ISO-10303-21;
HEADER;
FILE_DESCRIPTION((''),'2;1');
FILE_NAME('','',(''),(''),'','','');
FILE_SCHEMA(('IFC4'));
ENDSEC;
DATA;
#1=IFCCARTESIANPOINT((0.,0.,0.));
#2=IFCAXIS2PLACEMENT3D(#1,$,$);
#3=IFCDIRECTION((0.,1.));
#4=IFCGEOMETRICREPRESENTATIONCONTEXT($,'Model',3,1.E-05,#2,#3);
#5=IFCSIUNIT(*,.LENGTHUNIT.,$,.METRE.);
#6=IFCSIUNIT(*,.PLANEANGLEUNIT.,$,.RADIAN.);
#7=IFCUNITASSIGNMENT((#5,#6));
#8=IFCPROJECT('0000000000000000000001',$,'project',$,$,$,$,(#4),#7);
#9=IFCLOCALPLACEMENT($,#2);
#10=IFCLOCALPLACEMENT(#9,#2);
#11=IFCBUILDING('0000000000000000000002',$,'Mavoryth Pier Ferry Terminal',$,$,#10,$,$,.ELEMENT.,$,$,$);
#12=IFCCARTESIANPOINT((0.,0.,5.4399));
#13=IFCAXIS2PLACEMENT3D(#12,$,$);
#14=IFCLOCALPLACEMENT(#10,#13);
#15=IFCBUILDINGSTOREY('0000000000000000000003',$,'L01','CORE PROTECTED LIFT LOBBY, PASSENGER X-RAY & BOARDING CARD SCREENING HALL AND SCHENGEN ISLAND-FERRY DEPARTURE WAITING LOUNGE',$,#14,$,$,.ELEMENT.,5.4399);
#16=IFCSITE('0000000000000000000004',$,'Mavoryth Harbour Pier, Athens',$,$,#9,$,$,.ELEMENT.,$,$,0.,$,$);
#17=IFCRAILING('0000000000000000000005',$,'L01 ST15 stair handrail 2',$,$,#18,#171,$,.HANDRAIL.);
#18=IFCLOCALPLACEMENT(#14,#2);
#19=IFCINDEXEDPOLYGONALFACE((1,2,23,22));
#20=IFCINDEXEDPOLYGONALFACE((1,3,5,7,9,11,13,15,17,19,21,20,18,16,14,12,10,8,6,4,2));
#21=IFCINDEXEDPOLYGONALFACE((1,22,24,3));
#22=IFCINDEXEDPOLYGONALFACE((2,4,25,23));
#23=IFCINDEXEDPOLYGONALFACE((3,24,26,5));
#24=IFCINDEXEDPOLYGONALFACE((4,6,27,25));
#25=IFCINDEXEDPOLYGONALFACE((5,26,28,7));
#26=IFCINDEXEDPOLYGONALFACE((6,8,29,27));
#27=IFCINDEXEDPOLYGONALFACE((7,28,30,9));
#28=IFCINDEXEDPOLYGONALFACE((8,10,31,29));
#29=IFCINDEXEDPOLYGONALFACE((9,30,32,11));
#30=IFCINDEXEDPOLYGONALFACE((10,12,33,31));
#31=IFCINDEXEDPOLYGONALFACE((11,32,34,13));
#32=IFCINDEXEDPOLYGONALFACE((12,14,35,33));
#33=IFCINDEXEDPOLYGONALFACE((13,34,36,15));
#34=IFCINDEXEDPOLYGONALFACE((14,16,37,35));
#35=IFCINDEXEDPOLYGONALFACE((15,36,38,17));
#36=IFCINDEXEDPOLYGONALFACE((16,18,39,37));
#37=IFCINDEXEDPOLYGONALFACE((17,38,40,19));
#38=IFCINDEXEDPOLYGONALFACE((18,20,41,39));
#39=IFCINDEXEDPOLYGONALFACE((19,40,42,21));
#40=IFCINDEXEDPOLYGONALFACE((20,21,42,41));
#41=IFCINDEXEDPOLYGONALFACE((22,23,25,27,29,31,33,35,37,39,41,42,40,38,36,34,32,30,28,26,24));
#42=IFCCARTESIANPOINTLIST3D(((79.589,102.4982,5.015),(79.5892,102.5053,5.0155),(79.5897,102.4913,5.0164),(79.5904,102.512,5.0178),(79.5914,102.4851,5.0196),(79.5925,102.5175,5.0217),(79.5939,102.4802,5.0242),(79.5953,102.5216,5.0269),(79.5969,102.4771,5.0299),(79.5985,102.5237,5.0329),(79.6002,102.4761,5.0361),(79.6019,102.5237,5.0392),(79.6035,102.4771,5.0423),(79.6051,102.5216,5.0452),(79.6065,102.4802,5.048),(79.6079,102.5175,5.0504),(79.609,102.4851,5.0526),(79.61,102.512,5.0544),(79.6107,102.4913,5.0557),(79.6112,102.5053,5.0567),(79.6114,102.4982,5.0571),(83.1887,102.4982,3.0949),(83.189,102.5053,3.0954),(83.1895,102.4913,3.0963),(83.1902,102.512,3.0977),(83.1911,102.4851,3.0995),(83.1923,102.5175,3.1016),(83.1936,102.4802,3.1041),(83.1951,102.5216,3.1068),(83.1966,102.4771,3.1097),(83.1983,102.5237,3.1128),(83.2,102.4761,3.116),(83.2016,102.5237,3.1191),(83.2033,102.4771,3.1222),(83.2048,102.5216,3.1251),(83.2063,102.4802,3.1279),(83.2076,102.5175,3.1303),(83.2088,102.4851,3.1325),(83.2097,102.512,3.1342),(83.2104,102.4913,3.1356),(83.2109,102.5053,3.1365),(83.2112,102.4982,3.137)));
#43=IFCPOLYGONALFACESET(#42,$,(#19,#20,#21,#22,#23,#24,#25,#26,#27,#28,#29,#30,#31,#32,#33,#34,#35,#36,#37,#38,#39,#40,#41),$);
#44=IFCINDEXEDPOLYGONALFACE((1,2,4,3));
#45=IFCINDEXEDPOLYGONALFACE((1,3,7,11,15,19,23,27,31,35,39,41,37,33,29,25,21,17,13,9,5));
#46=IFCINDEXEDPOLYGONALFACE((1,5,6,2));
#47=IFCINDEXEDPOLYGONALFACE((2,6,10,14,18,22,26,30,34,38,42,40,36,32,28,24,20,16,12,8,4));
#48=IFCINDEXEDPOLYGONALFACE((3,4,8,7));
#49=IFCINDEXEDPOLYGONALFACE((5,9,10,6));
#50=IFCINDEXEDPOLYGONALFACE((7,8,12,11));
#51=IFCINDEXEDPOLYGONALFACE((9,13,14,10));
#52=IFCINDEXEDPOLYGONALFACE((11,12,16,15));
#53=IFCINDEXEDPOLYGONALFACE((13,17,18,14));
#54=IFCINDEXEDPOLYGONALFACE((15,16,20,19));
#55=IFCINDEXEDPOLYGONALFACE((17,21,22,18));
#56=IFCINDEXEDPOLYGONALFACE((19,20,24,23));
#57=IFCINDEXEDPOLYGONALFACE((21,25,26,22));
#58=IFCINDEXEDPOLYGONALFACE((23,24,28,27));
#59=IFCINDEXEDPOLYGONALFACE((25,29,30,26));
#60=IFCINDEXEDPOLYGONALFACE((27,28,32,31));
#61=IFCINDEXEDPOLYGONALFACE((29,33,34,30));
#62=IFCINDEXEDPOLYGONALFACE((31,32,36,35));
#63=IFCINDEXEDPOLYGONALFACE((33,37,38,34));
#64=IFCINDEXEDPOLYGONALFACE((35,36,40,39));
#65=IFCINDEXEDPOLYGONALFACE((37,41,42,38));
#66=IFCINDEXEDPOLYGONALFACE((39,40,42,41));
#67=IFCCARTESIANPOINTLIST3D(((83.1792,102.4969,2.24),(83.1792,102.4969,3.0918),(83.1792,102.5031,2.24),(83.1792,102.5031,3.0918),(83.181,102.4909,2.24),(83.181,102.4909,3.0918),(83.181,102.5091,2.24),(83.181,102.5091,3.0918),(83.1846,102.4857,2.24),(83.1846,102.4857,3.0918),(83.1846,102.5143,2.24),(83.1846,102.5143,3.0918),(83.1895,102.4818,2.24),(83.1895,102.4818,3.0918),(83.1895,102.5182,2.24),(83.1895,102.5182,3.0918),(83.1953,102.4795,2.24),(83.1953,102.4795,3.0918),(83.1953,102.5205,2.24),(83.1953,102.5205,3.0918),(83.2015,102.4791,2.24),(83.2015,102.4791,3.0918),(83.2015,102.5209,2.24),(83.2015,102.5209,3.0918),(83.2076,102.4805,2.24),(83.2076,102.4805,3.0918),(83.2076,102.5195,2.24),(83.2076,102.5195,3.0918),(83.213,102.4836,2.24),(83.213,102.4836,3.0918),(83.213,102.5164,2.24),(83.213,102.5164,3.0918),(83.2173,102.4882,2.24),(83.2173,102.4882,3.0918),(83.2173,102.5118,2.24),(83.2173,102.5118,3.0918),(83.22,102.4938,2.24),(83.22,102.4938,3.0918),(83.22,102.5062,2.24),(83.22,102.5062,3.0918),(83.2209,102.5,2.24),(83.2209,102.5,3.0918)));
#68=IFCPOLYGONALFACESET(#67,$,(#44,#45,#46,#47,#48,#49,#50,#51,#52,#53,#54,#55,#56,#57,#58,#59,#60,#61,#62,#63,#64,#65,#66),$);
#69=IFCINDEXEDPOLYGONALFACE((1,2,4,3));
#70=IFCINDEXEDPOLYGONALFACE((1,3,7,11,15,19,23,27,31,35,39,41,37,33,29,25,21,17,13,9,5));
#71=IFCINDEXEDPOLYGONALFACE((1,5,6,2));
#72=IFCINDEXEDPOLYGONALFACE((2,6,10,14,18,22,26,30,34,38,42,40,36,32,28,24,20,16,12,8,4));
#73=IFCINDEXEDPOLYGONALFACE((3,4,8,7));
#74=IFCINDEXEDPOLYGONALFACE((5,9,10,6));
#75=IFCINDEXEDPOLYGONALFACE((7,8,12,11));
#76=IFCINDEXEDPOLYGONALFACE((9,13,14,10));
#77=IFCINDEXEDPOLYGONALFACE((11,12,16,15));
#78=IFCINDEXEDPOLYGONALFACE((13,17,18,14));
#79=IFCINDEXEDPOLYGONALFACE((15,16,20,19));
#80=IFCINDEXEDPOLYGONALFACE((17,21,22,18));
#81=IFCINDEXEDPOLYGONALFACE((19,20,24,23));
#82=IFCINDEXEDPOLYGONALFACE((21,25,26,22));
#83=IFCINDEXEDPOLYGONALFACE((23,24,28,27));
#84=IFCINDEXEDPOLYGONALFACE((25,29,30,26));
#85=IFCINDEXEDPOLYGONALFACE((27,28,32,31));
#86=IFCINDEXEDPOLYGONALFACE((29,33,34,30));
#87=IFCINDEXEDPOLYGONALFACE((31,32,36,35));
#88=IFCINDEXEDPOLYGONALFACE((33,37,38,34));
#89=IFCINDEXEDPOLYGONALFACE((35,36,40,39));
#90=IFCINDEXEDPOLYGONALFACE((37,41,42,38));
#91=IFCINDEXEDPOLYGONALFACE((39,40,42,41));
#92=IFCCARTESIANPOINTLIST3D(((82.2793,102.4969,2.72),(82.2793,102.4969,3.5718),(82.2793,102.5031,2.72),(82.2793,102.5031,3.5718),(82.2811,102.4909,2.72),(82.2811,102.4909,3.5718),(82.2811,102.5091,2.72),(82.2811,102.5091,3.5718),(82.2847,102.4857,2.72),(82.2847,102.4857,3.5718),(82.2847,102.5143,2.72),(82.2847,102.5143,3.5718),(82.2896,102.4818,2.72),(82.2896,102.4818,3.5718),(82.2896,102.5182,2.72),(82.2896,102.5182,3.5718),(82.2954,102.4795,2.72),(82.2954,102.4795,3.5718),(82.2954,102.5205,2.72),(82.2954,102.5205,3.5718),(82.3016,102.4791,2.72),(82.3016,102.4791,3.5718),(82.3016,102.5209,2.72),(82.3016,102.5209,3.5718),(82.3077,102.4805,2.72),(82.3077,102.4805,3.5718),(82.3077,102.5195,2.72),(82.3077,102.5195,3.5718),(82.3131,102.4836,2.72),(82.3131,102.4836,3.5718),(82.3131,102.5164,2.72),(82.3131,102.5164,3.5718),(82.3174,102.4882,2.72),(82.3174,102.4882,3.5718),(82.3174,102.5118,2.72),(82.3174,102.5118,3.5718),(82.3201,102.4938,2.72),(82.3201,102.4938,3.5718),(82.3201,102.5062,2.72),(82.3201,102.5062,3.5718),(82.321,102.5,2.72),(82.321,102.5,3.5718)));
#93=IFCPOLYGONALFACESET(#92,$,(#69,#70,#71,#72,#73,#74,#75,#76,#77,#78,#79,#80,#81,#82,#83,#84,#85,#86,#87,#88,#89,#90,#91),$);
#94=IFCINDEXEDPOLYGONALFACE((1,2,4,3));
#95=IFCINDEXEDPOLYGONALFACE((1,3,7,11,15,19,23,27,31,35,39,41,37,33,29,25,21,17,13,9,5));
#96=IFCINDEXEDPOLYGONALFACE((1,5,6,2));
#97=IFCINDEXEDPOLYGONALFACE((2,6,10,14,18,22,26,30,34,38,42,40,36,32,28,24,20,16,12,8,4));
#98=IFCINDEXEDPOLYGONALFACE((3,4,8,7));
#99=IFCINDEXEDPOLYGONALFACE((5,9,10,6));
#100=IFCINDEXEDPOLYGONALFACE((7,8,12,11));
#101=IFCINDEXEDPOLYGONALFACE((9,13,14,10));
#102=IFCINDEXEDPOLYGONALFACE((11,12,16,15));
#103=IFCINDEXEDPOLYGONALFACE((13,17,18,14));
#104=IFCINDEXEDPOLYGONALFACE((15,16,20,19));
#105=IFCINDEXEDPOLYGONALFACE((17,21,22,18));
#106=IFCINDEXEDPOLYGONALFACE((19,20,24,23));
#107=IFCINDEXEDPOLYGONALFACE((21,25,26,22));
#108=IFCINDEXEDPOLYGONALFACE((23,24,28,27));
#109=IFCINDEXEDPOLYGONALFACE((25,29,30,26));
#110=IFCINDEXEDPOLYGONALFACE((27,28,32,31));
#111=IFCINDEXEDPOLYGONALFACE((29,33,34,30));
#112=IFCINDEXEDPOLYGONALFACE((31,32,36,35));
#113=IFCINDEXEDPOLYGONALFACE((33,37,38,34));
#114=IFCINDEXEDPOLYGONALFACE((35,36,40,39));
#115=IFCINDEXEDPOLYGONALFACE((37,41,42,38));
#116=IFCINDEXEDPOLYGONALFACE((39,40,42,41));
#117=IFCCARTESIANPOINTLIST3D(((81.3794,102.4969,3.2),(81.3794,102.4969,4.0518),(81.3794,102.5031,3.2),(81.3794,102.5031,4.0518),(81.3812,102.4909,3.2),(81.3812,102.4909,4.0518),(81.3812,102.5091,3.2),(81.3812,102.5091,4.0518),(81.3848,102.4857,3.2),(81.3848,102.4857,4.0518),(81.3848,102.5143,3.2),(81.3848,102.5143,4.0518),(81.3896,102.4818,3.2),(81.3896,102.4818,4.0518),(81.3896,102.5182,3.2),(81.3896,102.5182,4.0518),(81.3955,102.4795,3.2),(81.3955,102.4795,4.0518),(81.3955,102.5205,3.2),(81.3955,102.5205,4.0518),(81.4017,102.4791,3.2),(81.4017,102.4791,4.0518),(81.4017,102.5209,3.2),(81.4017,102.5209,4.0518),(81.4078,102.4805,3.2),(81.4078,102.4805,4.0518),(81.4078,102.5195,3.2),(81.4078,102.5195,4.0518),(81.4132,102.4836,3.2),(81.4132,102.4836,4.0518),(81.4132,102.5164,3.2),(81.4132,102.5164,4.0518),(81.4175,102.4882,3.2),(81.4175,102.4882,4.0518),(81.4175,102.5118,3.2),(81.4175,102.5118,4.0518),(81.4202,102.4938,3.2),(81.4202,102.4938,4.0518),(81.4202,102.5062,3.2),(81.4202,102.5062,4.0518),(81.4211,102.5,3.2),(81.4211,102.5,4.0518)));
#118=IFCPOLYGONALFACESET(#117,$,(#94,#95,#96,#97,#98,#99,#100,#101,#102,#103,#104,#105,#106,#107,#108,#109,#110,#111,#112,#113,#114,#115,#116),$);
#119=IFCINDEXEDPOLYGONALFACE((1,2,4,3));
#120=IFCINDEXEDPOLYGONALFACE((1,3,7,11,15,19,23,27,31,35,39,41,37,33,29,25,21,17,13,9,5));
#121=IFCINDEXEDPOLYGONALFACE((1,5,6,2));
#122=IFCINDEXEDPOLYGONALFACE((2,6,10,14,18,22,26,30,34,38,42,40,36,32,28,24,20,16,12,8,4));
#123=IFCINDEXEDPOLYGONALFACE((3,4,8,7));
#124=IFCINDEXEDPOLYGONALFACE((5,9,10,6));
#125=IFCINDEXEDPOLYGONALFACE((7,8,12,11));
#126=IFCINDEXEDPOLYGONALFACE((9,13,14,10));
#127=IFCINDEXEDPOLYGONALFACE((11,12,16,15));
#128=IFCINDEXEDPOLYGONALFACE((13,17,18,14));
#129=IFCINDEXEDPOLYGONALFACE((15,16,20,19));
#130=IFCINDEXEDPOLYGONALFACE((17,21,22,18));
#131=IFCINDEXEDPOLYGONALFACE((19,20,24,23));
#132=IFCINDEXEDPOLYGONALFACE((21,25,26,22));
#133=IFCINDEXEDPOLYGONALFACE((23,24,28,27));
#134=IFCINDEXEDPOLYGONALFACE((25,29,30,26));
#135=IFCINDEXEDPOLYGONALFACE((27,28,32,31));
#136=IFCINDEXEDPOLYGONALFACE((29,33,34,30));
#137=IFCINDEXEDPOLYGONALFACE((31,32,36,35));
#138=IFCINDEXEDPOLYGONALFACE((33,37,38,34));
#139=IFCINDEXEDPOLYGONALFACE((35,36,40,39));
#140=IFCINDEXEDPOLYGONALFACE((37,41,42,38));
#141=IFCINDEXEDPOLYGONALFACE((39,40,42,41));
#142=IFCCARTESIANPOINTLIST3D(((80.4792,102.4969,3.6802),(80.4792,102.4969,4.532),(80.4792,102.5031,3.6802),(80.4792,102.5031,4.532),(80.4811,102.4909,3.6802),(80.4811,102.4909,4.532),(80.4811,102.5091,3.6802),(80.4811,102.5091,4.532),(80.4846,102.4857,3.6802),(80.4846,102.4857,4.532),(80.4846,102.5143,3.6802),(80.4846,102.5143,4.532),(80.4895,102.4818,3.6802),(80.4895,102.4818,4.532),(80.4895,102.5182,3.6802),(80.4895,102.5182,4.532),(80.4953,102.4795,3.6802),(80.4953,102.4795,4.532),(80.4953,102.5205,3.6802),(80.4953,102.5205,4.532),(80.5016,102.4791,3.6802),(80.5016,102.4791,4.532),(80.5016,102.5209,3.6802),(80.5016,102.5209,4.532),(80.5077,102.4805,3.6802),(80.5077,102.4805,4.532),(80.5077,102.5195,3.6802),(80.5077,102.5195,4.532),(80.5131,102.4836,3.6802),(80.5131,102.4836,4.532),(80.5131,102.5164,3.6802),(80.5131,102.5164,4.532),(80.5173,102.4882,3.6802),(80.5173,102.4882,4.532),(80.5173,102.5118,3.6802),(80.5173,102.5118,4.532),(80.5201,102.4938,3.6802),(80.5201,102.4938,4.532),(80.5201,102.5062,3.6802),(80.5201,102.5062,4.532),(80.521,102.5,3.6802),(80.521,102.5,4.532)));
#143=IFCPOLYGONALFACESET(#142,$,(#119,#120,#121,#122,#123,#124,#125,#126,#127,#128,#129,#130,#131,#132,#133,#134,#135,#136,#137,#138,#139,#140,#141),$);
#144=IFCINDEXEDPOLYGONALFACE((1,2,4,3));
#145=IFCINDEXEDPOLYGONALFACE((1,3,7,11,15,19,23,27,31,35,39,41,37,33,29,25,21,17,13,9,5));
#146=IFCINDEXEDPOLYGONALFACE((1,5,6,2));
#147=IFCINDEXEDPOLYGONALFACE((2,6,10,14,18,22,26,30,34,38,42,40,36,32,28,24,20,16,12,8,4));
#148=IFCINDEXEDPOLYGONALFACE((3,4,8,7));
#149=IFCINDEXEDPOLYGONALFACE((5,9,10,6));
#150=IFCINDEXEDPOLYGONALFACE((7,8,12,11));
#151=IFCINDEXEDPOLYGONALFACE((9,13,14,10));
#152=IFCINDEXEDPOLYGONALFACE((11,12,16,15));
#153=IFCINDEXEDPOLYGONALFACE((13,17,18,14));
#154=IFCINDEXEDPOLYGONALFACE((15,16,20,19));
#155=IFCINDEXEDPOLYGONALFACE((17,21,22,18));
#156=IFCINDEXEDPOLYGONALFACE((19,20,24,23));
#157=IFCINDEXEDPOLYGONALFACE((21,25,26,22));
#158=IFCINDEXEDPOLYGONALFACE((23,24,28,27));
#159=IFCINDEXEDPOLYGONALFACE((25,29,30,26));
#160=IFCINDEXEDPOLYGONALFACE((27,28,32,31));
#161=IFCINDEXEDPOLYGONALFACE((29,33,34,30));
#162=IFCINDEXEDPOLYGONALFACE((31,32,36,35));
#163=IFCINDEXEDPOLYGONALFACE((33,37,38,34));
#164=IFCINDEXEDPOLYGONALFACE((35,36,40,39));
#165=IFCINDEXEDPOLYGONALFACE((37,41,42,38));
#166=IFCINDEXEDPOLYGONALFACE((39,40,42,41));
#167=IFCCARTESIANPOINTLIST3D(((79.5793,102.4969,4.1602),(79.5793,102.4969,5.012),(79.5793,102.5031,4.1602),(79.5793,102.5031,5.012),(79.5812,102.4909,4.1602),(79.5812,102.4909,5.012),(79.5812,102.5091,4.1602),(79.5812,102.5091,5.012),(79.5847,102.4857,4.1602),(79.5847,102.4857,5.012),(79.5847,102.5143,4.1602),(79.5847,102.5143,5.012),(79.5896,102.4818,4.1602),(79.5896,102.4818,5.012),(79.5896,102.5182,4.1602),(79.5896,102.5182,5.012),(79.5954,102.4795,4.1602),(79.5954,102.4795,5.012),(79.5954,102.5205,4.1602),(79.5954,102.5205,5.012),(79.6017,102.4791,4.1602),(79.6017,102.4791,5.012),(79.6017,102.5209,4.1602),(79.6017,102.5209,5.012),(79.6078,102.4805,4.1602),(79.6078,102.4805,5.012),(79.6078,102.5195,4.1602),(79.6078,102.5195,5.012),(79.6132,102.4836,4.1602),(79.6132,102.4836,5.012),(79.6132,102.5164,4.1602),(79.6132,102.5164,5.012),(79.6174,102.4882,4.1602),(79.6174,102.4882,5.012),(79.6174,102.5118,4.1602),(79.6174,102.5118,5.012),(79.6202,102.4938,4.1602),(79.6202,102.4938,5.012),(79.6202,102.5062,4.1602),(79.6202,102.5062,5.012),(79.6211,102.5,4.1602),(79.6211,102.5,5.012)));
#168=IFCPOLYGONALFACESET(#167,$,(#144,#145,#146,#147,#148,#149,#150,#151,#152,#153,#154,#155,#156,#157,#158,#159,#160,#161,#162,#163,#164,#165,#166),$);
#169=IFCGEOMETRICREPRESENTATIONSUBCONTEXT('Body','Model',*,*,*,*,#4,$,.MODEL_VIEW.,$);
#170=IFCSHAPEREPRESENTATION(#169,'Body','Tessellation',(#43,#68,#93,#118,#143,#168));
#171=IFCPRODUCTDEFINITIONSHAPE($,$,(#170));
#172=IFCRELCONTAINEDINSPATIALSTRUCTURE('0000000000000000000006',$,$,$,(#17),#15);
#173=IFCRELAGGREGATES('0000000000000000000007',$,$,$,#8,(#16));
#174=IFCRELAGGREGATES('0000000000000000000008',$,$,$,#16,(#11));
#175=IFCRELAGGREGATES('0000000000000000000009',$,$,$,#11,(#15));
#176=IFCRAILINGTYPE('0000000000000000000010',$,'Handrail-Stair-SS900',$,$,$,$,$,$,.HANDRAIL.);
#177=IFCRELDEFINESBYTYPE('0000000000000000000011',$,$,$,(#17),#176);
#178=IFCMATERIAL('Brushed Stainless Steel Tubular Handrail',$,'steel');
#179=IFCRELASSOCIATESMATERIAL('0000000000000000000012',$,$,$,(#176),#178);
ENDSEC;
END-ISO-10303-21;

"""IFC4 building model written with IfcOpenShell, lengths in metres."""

from ifc_helpers import new_model, si_unit, direction, frame, origin, origin_2d, place, context, subcontext, project, spatial, circle, extrude, material, type_object, element, save


model = new_model("IFC4")

# Units and contexts
model_context = context("Model", 3, precision=1e-05, world=origin(), true_north=direction((0.0, 1.0)))
body_context = subcontext(model_context, "Body", "Model", "MODEL_VIEW")
ifc_project = project(units=[si_unit("LENGTHUNIT", "METRE"), si_unit("PLANEANGLEUNIT", "RADIAN")], contexts=[model_context])

# Site, building, storey
site_placement = place(None, origin())
site = spatial("IfcSite", under=ifc_project, at=site_placement, Name="Mavoryth Harbour Pier, Athens", CompositionType="ELEMENT", RefElevation=0.0)
building_placement = place(site_placement, origin())
building = spatial("IfcBuilding", under=site, at=building_placement, Name="Mavoryth Pier Ferry Terminal", CompositionType="ELEMENT")
storey_placement = place(building_placement, frame((0.0, 0.0, 5.4399)))
storey = spatial("IfcBuildingStorey", under=building, at=storey_placement, Name="L01", Description="CORE PROTECTED LIFT LOBBY, PASSENGER X-RAY & BOARDING CARD SCREENING HALL AND SCHENGEN ISLAND-FERRY DEPARTURE WAITING LOUNGE", CompositionType="ELEMENT", Elevation=5.4399)

# Railing
ifc_material_1 = material(Name="Brushed Stainless Steel Tubular Handrail", Category="steel")
railing_type_1 = type_object("IfcRailingType", Name="Handrail-Stair-SS900", PredefinedType="HANDRAIL", material=ifc_material_1)
railing_1_placement = place(storey_placement, frame((83.2, 102.5, 2.24)))
element("IfcRailing", 1, at=railing_1_placement, inside=storey, type_object=railing_type_1, Name="L01 ST15 stair handrail 2", PredefinedType="HANDRAIL", context=body_context, shape_type="SweptSolid", body=[
    extrude(circle(Radius=0.0239, at=origin_2d()), frame((0.0, 0.0, 0.876), z_axis=(-0.882328, 0.0, 0.470635), x_axis=(0.0, -1.0, 0.0)), (0.0, 0.0, 1.0), 4.0798),
    extrude(circle(Radius=0.021, at=origin_2d()), origin(), (0.0, 0.0, 1.0), 0.8518),
    extrude(circle(Radius=0.021, at=origin_2d()), frame((-0.8999, 0.0, 0.48)), (0.0, 0.0, 1.0), 0.8518),
    extrude(circle(Radius=0.021, at=origin_2d()), frame((-1.7998, 0.0, 0.96)), (0.0, 0.0, 1.0), 0.8518),
    extrude(circle(Radius=0.021, at=origin_2d()), frame((-2.7, 0.0, 1.4402)), (0.0, 0.0, 1.0), 0.8518),
    extrude(circle(Radius=0.021, at=origin_2d()), frame((-3.5999, 0.0, 1.9202)), (0.0, 0.0, 1.0), 0.8518),
])

save(model, "model.ifc")
